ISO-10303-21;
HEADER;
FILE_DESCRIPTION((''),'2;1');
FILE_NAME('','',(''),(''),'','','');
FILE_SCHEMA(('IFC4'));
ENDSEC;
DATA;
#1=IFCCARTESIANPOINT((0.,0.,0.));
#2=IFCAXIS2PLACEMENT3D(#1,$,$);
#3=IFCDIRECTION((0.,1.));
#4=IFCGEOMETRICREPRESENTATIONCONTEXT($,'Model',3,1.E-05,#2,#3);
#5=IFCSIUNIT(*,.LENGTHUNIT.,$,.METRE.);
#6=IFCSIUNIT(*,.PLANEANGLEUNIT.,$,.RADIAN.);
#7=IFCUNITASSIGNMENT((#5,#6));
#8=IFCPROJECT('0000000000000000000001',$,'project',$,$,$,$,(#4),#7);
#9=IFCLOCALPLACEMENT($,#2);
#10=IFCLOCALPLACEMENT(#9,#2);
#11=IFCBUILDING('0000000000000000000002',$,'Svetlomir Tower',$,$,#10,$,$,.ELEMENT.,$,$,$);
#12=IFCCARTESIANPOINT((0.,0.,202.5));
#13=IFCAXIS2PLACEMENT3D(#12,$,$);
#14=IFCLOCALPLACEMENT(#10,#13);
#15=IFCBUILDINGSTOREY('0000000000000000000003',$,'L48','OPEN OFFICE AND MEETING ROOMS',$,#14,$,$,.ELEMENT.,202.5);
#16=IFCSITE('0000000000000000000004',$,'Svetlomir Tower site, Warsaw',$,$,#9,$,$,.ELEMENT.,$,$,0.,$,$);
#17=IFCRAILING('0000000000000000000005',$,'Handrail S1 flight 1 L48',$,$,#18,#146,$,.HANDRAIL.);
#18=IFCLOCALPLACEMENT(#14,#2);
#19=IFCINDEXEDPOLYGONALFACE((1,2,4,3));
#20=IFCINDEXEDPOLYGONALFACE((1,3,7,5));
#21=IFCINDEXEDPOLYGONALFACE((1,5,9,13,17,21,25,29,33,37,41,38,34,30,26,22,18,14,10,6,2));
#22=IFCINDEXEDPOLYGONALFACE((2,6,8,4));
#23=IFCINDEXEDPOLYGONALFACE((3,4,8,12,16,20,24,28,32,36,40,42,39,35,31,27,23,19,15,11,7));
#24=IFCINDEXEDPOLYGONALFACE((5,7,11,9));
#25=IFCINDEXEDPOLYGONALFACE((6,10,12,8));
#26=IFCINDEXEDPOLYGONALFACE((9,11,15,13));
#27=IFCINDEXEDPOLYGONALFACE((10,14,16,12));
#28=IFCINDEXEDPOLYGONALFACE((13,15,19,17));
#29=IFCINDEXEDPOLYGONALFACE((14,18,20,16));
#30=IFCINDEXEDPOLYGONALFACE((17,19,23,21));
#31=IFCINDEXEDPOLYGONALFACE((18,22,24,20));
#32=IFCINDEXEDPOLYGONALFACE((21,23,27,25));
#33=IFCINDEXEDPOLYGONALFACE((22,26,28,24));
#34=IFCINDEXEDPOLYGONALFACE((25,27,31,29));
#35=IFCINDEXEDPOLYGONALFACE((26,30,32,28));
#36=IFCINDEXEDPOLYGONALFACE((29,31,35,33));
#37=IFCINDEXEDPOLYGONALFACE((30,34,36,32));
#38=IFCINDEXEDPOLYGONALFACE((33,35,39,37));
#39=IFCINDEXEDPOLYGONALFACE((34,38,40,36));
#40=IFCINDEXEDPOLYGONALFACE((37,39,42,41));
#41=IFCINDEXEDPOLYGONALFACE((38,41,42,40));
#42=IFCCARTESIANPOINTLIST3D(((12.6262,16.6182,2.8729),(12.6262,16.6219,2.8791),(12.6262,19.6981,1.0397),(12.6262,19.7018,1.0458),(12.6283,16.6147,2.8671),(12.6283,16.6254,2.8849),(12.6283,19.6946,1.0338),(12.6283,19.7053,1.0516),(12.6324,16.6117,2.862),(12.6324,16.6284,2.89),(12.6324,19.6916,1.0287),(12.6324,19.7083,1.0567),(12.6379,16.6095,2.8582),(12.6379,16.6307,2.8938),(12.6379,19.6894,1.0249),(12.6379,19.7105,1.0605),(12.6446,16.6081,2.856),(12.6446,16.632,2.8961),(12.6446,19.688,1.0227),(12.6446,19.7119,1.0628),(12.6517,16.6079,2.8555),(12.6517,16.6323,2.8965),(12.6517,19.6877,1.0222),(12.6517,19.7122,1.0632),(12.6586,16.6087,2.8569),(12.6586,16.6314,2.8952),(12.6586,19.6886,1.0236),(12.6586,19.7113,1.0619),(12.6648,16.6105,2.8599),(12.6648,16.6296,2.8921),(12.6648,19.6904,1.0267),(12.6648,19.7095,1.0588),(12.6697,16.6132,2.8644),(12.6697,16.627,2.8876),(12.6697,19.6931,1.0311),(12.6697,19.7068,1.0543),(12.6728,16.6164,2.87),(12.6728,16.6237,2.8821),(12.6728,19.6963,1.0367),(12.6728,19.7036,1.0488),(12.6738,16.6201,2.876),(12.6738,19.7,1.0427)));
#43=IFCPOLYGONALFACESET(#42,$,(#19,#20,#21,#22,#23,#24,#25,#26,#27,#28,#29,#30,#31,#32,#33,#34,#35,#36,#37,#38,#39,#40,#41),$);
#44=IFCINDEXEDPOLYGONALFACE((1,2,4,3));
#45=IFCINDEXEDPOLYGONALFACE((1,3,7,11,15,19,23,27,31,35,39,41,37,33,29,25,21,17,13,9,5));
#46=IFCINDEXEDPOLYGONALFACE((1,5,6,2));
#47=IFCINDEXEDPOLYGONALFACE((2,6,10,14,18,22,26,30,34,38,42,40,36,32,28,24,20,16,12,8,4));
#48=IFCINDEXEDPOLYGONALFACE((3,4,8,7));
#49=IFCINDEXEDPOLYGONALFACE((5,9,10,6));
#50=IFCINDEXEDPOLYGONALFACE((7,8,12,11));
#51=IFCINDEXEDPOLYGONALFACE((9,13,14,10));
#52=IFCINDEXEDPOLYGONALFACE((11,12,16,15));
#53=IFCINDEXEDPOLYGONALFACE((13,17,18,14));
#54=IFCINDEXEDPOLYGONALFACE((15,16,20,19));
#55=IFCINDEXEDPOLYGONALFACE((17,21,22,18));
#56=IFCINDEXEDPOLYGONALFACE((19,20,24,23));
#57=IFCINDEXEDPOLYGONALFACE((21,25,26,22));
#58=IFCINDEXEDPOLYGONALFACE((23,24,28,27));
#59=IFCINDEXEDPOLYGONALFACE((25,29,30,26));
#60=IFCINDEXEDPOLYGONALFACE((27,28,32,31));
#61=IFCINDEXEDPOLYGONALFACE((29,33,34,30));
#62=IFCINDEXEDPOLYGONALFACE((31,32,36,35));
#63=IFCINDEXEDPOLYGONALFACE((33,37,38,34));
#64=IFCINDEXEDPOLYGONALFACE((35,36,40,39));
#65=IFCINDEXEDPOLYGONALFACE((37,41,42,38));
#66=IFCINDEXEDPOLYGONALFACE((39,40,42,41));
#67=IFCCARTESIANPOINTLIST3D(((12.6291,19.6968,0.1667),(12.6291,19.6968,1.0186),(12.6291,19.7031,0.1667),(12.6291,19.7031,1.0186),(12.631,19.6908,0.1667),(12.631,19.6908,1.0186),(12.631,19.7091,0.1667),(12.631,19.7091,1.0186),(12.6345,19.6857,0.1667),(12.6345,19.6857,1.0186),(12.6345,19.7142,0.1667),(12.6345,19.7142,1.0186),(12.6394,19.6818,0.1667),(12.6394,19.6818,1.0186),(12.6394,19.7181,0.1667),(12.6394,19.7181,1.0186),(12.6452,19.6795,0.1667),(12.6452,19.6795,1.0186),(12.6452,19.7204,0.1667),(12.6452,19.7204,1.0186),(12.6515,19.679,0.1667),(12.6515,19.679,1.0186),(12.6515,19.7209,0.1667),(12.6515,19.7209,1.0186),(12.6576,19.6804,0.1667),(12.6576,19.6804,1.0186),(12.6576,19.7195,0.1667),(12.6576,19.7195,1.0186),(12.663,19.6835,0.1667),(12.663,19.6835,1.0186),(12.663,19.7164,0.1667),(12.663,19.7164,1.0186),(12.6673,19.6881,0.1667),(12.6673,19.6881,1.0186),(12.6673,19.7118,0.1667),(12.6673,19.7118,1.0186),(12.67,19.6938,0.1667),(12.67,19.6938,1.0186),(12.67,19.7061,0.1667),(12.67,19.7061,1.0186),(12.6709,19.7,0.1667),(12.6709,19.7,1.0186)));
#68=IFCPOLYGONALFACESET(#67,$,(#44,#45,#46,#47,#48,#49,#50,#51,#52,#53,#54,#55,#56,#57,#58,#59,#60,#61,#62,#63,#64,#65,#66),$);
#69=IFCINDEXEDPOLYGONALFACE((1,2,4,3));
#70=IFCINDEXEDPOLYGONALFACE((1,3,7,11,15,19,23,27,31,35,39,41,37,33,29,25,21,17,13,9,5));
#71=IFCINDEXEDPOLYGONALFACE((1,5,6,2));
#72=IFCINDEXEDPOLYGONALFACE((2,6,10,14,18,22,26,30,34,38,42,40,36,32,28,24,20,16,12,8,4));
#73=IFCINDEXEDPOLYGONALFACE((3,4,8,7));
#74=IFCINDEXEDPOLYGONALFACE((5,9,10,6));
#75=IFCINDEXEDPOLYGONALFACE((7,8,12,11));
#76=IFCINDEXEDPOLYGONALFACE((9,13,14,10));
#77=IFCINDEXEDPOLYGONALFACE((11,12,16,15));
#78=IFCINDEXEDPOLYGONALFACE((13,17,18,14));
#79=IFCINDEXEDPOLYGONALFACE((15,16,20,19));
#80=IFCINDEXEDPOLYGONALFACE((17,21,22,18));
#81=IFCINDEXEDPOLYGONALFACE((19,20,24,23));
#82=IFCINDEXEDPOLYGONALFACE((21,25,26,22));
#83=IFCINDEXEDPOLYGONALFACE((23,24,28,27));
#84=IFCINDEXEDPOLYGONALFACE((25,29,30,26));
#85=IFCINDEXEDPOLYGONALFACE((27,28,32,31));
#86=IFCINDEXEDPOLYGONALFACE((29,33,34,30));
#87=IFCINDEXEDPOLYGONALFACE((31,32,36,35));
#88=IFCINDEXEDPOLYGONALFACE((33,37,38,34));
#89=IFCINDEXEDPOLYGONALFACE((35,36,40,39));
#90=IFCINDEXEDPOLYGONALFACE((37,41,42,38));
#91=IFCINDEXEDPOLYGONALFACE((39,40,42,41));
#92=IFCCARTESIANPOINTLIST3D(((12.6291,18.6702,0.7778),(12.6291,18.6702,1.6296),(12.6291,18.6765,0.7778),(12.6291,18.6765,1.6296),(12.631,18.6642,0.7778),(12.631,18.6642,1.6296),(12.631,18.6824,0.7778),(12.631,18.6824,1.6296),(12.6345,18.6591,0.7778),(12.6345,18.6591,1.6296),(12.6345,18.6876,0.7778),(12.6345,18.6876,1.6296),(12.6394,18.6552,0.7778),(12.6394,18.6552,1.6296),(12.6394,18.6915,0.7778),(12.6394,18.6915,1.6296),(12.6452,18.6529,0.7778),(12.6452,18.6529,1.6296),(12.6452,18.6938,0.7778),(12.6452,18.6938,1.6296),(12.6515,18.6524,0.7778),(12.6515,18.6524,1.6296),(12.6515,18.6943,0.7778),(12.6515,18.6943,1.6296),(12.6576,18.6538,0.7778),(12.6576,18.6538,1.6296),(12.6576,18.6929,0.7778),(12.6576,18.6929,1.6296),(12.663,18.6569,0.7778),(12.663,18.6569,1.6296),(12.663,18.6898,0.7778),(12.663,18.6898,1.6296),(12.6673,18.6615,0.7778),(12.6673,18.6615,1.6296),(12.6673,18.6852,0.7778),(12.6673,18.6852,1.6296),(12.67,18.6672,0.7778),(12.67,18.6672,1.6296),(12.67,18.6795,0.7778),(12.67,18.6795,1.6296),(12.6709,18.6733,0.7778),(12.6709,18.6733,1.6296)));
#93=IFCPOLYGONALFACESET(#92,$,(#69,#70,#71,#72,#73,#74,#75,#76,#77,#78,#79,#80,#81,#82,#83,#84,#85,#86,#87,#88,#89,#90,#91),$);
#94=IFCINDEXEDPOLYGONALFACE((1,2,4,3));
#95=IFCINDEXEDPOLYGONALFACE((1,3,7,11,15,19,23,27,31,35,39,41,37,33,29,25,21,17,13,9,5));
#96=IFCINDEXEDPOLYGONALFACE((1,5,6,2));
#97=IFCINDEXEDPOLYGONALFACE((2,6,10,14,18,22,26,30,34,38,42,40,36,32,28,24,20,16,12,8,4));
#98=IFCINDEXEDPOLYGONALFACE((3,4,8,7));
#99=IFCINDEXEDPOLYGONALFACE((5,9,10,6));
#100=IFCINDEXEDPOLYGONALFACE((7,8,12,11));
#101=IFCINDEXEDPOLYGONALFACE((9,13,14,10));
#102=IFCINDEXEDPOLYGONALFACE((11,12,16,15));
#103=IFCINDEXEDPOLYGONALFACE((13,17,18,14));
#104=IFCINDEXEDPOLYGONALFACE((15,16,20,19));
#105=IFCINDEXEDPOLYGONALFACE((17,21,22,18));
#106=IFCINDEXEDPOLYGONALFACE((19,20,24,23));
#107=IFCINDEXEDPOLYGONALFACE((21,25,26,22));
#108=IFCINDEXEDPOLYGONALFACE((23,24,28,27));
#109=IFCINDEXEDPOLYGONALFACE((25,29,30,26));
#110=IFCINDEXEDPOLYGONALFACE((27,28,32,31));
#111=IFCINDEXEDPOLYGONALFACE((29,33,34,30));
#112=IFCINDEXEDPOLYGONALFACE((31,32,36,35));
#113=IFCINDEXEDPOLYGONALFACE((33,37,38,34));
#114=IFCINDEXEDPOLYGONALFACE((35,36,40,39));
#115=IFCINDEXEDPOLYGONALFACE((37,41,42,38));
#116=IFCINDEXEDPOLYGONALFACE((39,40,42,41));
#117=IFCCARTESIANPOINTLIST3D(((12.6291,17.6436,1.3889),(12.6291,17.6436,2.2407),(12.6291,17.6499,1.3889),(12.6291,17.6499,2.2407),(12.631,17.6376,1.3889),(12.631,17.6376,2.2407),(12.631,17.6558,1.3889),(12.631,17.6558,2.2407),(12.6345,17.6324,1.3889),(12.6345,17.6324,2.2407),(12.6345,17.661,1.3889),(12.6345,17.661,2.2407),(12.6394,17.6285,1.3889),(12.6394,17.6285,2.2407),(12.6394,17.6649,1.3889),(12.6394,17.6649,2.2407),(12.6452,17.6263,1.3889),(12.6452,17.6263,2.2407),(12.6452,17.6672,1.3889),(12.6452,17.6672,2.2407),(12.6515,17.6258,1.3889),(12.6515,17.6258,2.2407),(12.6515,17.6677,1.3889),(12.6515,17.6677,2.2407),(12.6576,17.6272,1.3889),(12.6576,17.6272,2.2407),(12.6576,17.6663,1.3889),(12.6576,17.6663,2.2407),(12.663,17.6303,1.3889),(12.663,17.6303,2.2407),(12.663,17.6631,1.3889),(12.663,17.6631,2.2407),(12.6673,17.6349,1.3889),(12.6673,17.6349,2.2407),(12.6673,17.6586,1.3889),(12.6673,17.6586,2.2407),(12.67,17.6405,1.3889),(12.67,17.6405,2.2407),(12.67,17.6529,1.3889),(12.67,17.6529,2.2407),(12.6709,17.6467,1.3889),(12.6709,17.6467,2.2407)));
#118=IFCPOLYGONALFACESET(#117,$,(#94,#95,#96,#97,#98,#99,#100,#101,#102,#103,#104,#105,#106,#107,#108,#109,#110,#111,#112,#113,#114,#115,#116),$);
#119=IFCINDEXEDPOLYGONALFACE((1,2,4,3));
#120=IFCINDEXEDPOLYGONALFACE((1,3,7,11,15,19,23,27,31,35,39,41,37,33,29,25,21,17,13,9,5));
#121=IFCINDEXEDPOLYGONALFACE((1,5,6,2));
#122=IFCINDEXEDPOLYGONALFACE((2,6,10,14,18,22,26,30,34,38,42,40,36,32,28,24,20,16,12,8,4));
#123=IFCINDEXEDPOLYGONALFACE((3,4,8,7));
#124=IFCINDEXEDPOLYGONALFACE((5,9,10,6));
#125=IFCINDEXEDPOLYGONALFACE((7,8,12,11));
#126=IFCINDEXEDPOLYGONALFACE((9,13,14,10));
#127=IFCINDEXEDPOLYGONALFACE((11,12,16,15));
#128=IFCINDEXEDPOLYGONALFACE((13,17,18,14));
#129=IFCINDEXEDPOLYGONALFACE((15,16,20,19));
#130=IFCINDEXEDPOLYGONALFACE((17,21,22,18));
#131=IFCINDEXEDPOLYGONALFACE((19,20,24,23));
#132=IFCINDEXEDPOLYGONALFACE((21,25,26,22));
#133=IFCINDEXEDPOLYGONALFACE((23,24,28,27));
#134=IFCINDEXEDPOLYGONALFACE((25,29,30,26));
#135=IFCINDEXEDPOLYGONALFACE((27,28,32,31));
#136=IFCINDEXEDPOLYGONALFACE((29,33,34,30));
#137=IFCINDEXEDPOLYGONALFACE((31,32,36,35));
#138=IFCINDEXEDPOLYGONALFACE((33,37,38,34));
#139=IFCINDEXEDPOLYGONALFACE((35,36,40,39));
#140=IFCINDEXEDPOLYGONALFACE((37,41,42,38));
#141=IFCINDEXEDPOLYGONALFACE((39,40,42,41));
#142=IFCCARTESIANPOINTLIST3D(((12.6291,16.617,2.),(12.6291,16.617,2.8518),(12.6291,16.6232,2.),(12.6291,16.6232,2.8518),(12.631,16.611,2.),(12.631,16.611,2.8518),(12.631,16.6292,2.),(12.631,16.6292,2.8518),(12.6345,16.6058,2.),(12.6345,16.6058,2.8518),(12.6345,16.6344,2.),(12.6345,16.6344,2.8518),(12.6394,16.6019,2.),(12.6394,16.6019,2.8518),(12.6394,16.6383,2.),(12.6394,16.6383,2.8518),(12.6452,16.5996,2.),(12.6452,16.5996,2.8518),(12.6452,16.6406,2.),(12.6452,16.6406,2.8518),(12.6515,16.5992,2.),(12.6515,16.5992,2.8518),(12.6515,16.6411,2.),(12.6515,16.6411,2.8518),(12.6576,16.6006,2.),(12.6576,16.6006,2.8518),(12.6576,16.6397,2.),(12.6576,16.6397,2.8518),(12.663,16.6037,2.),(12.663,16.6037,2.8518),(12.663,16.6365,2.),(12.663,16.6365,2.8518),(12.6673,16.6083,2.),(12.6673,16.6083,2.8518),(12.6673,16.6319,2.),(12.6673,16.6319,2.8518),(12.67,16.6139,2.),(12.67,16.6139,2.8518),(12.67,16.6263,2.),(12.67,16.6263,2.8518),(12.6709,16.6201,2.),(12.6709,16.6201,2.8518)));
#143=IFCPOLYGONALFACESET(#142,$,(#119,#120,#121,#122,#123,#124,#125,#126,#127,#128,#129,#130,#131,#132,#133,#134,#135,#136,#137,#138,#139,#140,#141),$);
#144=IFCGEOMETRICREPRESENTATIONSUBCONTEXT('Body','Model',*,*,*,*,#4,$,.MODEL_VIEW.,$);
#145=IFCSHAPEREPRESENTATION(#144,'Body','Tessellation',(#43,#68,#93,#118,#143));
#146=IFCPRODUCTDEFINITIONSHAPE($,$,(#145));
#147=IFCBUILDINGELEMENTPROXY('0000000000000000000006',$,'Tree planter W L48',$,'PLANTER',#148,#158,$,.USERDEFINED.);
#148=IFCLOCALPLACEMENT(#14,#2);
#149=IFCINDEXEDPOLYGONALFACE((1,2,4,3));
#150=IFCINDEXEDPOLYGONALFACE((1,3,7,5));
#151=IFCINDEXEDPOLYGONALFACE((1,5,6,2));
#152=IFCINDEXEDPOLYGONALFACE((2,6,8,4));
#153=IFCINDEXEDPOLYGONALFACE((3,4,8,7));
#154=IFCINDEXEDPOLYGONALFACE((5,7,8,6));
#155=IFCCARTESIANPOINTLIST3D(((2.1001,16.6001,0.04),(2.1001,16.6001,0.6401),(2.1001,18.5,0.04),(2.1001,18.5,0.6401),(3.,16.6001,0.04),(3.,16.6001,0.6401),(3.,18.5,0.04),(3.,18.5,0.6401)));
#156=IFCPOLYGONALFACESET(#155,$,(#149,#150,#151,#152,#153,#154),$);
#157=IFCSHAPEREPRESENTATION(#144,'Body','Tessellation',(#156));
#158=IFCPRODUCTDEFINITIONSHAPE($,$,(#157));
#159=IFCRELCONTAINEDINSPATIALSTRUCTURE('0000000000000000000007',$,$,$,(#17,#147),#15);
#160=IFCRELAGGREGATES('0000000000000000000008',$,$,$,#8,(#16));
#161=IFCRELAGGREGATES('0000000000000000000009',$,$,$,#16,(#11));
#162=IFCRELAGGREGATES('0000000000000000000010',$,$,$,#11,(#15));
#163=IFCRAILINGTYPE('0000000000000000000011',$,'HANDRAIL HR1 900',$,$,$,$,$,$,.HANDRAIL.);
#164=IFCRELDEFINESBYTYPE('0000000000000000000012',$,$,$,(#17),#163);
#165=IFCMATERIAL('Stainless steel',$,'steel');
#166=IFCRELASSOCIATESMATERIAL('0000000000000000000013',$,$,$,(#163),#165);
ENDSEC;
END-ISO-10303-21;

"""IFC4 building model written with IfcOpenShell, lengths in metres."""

from ifc_helpers import new_model, si_unit, direction, frame, origin, origin_2d, place, context, subcontext, project, spatial, rectangle, circle, extrude, material, type_object, element, save


model = new_model("IFC4")

# Units and contexts
model_context = context("Model", 3, precision=1e-05, world=origin(), true_north=direction((0.0, 1.0)))
body_context = subcontext(model_context, "Body", "Model", "MODEL_VIEW")
ifc_project = project(units=[si_unit("LENGTHUNIT", "METRE"), si_unit("PLANEANGLEUNIT", "RADIAN")], contexts=[model_context])

# Site, building, storey
site_placement = place(None, origin())
site = spatial("IfcSite", under=ifc_project, at=site_placement, Name="Svetlomir Tower site, Warsaw", CompositionType="ELEMENT", RefElevation=0.0)
building_placement = place(site_placement, origin())
building = spatial("IfcBuilding", under=site, at=building_placement, Name="Svetlomir Tower", CompositionType="ELEMENT")
storey_placement = place(building_placement, frame((0.0, 0.0, 202.5)))
storey = spatial("IfcBuildingStorey", under=building, at=storey_placement, Name="L48", Description="OPEN OFFICE AND MEETING ROOMS", CompositionType="ELEMENT", Elevation=202.5)

# Railing
ifc_material_1 = material(Name="Stainless steel", Category="steel")
railing_type_1 = type_object("IfcRailingType", Name="HANDRAIL HR1 900", PredefinedType="HANDRAIL", material=ifc_material_1)
railing_placement = place(storey_placement, frame((12.6499, 19.7, 0.1667)))
element("IfcRailing", 1, at=railing_placement, inside=storey, type_object=railing_type_1, Name="Handrail S1 flight 1 L48", PredefinedType="HANDRAIL", context=body_context, shape_type="SweptSolid", body=[
    extrude(circle(Radius=0.0239, at=origin_2d()), frame((0.0, 0.0, 0.876), z_axis=(0.0, -0.859291, 0.511487), x_axis=(1.0, 0.0, 0.0)), (0.0, 0.0, 1.0), 3.5842),
    extrude(circle(Radius=0.021, at=origin_2d()), origin(), (0.0, 0.0, 1.0), 0.8518),
    extrude(circle(Radius=0.021, at=origin_2d()), frame((0.0, -1.0266, 0.6111)), (0.0, 0.0, 1.0), 0.8518),
    extrude(circle(Radius=0.021, at=origin_2d()), frame((0.0, -2.0532, 1.2222)), (0.0, 0.0, 1.0), 0.8518),
    extrude(circle(Radius=0.021, at=origin_2d()), frame((0.0, -3.0798, 1.8333)), (0.0, 0.0, 1.0), 0.8518),
])

# Building element proxy
proxy_placement = place(storey_placement, frame((2.55, 17.55, 0.04), z_axis=(0.0, 0.0, 1.0), x_axis=(1.0, 0.0, 0.0)))
element("IfcBuildingElementProxy", 2, at=proxy_placement, inside=storey, Name="Tree planter W L48", ObjectType="PLANTER", PredefinedType="USERDEFINED", context=body_context, shape_type="SweptSolid", body=[
    extrude(rectangle(XDim=0.8999, YDim=1.8999, at=origin_2d()), origin(), (0.0, 0.0, 1.0), 0.6001),
])

save(model, "model.ifc")
